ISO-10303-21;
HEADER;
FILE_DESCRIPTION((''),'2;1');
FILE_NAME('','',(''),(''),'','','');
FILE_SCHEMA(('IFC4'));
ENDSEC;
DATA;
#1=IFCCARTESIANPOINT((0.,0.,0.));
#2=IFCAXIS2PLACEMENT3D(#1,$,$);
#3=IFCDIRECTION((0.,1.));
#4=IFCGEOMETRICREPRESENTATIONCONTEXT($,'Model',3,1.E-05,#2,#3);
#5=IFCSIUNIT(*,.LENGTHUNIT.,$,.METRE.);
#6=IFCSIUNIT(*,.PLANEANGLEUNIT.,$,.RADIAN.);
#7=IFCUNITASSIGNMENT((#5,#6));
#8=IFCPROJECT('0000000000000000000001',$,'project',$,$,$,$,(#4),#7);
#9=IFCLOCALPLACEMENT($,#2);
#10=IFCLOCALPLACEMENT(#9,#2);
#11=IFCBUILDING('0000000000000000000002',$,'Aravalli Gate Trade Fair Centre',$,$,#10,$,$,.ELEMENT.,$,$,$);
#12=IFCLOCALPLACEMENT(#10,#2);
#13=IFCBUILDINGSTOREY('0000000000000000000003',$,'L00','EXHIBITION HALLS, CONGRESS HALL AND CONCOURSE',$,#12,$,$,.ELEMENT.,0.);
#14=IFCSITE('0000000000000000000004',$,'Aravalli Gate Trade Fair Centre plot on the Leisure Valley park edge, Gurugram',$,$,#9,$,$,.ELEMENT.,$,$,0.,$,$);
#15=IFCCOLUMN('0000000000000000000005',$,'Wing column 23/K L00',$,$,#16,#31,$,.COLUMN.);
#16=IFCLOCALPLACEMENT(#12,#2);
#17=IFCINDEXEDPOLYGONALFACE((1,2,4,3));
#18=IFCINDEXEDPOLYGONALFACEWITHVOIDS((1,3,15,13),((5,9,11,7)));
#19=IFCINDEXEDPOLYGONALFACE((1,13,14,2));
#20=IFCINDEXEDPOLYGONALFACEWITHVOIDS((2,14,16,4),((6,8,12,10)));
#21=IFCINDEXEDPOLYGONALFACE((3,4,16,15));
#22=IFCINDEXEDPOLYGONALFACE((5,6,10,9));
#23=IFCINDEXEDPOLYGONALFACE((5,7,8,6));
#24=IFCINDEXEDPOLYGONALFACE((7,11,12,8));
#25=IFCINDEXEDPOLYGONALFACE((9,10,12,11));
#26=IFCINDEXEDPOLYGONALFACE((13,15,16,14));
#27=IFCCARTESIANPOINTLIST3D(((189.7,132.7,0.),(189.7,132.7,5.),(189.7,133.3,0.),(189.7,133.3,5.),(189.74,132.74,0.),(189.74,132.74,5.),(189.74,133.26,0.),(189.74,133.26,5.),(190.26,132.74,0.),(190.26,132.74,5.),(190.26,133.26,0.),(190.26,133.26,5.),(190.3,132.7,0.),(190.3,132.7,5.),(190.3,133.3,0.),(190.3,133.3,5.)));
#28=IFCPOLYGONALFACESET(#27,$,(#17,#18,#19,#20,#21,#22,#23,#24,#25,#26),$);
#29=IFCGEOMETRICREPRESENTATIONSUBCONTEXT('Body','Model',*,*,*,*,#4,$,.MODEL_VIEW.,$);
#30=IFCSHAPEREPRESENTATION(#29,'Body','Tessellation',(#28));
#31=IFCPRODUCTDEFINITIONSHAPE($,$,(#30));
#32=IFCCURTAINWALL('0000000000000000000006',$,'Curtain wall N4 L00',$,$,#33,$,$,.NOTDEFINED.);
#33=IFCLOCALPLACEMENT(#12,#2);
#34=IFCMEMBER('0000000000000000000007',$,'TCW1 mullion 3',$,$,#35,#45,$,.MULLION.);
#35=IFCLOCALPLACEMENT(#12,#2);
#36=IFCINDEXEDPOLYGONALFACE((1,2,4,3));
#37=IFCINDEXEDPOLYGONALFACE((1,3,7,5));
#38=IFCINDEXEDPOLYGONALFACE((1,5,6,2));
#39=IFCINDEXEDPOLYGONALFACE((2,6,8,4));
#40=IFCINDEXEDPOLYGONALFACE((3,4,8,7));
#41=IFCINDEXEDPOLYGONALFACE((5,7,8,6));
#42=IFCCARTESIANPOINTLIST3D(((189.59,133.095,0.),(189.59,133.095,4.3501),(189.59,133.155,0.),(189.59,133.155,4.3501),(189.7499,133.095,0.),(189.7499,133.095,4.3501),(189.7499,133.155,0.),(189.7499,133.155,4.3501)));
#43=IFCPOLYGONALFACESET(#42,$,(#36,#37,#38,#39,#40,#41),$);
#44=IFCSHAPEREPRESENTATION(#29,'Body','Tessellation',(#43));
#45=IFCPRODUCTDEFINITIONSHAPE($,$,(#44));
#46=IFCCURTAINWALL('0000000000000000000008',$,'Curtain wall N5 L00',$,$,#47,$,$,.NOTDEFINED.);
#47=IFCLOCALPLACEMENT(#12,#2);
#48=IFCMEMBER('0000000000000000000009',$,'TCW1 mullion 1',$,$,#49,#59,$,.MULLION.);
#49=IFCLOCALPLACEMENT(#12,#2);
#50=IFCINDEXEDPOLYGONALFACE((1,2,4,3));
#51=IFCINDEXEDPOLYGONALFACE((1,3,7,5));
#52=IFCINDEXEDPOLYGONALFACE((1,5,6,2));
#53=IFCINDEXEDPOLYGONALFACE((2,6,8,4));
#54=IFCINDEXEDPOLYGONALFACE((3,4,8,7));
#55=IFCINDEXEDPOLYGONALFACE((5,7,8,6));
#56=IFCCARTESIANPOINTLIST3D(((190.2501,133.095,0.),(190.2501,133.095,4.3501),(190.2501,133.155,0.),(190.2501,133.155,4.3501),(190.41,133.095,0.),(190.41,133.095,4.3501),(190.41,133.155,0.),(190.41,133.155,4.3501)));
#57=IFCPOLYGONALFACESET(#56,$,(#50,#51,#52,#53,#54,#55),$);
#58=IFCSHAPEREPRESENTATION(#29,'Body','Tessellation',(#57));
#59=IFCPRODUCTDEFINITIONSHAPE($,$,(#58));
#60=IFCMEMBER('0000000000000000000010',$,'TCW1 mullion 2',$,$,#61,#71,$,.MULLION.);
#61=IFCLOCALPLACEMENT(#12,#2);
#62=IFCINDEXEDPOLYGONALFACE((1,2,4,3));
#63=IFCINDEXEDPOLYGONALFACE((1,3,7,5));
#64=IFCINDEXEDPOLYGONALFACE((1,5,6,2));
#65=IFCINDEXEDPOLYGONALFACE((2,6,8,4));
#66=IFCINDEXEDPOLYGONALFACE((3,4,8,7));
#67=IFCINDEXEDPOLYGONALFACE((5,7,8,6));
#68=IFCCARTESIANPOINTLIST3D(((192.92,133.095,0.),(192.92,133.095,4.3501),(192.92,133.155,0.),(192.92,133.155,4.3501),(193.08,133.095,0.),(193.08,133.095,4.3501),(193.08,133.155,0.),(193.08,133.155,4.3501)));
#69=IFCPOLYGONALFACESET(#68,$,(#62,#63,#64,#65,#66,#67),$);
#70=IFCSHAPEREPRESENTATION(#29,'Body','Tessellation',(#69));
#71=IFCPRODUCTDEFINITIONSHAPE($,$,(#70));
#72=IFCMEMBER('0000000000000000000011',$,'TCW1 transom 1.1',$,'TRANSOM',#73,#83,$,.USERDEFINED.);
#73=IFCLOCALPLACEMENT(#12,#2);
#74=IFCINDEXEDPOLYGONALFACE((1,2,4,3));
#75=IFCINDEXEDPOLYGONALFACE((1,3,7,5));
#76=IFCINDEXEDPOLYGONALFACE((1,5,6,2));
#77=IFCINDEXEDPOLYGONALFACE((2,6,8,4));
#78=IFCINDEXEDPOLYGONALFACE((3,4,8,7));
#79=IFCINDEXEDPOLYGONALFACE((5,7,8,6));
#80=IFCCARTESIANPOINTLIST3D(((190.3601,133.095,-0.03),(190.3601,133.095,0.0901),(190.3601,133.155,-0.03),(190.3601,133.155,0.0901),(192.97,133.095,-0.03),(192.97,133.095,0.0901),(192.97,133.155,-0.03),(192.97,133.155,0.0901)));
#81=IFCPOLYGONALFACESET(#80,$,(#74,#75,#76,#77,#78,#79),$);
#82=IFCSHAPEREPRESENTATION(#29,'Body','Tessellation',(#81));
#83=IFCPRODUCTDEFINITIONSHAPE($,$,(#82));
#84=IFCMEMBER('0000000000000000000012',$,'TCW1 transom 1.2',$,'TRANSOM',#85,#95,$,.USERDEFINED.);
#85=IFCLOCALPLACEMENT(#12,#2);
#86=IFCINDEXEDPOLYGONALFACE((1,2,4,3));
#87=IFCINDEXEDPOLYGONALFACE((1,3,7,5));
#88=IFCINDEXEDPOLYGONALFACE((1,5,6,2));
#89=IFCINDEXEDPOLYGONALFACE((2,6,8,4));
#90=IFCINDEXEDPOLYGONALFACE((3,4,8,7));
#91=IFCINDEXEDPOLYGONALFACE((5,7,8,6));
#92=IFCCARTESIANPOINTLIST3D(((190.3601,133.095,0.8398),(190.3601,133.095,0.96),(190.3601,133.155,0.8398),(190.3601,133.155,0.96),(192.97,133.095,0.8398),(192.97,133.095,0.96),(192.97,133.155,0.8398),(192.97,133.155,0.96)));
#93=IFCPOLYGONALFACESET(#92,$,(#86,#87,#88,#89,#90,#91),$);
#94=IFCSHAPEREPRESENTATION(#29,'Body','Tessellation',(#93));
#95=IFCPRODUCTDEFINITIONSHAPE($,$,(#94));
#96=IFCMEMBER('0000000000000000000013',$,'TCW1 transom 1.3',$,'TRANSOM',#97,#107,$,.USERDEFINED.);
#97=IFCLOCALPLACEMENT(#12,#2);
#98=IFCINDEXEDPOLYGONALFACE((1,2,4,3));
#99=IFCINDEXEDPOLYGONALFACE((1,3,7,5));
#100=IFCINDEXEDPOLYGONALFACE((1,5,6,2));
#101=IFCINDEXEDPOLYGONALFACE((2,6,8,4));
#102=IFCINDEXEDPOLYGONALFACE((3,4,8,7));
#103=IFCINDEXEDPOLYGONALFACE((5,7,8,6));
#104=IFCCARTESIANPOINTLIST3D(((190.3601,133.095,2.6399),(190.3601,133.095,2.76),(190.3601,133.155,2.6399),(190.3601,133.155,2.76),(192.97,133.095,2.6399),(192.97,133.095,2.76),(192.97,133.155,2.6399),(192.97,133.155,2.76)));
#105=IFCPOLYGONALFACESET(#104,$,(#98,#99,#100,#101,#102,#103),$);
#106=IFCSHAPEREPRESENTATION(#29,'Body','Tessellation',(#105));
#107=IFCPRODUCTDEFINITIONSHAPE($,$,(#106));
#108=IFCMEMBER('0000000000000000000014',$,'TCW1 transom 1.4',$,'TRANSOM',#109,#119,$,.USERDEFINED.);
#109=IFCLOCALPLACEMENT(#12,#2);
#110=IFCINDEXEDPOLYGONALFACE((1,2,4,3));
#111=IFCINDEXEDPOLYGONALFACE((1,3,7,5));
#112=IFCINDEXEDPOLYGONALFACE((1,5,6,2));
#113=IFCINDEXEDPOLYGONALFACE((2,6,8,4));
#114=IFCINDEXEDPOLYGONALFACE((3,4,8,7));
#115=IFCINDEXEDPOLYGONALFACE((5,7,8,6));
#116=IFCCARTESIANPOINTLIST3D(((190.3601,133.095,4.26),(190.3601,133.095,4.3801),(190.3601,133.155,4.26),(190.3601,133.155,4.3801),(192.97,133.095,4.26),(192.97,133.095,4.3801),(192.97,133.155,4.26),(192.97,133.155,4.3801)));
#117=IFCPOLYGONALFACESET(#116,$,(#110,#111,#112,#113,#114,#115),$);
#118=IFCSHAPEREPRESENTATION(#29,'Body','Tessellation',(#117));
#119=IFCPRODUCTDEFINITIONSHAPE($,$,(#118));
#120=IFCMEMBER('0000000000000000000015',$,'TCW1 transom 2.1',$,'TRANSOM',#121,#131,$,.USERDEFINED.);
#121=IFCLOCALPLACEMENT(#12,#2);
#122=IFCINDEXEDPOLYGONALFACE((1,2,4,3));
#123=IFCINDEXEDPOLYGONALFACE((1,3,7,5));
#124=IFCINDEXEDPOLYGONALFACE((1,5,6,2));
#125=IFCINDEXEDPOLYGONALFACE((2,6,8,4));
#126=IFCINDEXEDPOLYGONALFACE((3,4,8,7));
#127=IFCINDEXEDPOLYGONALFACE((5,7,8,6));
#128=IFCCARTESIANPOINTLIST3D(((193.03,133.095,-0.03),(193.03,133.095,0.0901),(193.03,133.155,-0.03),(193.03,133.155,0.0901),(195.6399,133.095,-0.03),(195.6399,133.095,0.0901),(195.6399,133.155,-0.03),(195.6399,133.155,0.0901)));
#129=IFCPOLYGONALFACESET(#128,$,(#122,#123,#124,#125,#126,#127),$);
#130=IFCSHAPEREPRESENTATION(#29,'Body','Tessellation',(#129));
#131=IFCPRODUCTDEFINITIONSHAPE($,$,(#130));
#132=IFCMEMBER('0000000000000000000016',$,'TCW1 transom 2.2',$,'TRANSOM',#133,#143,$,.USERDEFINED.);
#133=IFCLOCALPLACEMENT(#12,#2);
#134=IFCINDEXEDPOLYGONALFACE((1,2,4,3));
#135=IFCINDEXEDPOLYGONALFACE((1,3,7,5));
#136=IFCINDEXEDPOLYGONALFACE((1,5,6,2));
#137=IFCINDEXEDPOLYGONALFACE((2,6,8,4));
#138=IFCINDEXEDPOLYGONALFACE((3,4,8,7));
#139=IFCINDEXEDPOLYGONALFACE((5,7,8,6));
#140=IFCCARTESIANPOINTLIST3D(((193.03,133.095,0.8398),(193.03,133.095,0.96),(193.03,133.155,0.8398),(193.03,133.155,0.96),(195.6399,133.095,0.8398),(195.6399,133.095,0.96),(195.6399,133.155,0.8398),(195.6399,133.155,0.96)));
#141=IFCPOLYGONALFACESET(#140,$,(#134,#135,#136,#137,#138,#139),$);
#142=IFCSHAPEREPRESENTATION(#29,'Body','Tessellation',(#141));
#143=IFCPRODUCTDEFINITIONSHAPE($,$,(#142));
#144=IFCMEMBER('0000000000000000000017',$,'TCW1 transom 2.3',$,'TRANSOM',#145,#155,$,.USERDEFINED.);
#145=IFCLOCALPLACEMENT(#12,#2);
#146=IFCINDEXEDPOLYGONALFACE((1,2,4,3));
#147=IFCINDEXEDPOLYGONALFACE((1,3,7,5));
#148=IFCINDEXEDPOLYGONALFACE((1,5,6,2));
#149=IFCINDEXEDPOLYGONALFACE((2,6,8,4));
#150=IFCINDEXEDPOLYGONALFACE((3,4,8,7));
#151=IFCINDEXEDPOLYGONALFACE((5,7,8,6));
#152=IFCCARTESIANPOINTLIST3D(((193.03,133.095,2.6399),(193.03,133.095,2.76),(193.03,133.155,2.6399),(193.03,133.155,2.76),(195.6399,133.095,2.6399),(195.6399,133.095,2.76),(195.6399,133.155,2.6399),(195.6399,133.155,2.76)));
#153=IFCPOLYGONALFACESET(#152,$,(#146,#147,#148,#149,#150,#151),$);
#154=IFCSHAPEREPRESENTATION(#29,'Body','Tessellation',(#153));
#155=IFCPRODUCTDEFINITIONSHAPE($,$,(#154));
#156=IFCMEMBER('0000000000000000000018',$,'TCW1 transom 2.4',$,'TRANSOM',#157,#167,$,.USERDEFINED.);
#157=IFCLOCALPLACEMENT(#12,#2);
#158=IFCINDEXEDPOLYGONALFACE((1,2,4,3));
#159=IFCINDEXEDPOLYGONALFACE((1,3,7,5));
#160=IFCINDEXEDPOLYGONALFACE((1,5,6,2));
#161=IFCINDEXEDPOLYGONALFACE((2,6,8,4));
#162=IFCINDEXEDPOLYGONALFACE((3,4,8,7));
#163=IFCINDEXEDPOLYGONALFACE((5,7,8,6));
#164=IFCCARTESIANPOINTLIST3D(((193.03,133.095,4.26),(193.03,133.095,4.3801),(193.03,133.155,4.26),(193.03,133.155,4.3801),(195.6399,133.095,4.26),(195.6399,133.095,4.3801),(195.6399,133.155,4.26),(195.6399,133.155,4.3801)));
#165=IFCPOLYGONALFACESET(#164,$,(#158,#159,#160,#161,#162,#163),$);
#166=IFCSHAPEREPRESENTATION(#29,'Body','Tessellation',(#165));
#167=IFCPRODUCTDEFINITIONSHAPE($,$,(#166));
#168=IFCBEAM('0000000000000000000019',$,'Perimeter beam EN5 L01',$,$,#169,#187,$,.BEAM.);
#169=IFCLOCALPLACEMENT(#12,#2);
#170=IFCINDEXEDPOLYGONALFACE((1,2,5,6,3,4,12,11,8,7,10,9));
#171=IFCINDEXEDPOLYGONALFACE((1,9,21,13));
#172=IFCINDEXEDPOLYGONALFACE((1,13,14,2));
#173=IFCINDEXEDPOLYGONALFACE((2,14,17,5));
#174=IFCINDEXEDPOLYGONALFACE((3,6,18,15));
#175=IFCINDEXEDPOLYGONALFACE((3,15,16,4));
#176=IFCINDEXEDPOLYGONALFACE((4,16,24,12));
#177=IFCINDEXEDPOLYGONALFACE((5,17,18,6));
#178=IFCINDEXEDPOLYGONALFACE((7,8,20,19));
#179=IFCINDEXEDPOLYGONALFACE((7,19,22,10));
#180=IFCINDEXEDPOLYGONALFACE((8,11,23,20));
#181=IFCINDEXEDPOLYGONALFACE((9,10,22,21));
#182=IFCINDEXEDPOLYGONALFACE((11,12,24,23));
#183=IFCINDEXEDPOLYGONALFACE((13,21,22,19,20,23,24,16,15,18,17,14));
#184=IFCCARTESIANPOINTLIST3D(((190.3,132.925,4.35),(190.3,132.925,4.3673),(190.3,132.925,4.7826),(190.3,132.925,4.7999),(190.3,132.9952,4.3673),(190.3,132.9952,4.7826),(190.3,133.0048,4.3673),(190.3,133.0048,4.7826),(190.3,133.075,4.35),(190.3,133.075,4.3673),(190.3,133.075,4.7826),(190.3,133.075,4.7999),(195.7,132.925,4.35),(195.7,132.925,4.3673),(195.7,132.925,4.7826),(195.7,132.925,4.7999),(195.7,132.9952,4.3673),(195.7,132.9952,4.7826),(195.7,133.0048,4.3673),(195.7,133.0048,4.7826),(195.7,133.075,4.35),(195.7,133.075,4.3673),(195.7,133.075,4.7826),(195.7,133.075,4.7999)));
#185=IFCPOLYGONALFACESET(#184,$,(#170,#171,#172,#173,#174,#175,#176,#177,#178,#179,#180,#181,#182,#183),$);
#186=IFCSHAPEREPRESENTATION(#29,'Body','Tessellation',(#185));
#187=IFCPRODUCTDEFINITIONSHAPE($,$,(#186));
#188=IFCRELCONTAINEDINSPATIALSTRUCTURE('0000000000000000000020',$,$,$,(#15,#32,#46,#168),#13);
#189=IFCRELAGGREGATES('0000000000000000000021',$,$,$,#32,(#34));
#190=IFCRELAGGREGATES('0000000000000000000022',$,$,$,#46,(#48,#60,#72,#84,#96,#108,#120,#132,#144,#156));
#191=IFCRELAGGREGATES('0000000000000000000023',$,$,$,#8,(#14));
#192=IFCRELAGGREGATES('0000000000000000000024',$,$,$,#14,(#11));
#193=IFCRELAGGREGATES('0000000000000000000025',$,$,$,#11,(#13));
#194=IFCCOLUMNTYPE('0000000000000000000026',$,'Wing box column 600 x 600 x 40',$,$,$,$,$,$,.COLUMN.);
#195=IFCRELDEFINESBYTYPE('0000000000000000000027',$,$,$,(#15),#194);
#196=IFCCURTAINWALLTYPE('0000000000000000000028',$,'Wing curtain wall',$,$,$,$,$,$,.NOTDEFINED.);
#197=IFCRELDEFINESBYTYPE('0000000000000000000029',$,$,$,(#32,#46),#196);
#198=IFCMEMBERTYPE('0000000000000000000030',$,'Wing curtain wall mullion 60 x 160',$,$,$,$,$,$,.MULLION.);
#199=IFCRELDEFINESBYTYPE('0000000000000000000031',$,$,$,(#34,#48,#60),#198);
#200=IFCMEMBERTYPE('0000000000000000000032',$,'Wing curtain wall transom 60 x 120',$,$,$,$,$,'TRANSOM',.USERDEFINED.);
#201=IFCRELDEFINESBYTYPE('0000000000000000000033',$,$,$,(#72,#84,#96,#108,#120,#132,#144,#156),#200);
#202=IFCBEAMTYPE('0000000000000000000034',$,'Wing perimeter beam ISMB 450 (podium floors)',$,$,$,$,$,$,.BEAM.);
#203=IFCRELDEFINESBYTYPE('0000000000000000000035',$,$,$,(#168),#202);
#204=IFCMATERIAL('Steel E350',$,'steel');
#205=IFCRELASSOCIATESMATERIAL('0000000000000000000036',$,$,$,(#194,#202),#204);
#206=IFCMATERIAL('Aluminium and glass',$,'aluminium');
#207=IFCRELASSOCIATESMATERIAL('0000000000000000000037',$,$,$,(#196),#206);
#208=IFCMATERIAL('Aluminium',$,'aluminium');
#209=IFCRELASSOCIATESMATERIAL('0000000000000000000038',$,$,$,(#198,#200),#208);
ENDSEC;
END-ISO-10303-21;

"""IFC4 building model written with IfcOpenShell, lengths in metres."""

from ifc_helpers import new_model, si_unit, direction, frame, origin, origin_2d, place, context, subcontext, project, spatial, rectangle, hollow_rectangle, i_section, extrude, material, material_profile, profile_set, type_object, element, aggregate, save


model = new_model("IFC4")

# Units and contexts
model_context = context("Model", 3, precision=1e-05, world=origin(), true_north=direction((0.0, 1.0)))
body_context = subcontext(model_context, "Body", "Model", "MODEL_VIEW")
ifc_project = project(units=[si_unit("LENGTHUNIT", "METRE"), si_unit("PLANEANGLEUNIT", "RADIAN")], contexts=[model_context])

# Site, building, storey
site_placement = place(None, origin())
site = spatial("IfcSite", under=ifc_project, at=site_placement, Name="Aravalli Gate Trade Fair Centre plot on the Leisure Valley park edge, Gurugram", CompositionType="ELEMENT", RefElevation=0.0)
building_placement = place(site_placement, origin())
building = spatial("IfcBuilding", under=site, at=building_placement, Name="Aravalli Gate Trade Fair Centre", CompositionType="ELEMENT")
storey_placement = place(building_placement, origin())
storey = spatial("IfcBuildingStorey", under=building, at=storey_placement, Name="L00", Description="EXHIBITION HALLS, CONGRESS HALL AND CONCOURSE", CompositionType="ELEMENT", Elevation=0.0)

# Column
ifc_material_1 = material(Name="Steel E350", Category="steel")
ifc_material_profile_1 = material_profile(ifc_material_1, hollow_rectangle(XDim=0.6001, YDim=0.6001, WallThickness=0.04, at=origin_2d()), Name="BOX 600x600x40")
ifc_profile_set_1 = profile_set([ifc_material_profile_1], Name="Steel E350")
column_type = type_object("IfcColumnType", Name="Wing box column 600 x 600 x 40", PredefinedType="COLUMN", material=ifc_profile_set_1)
column_placement = place(storey_placement, frame((190.0, 133.0, 0.0), z_axis=(0.0, 0.0, 1.0), x_axis=(1.0, 0.0, 0.0)))
element("IfcColumn", 1, at=column_placement, inside=storey, type_object=column_type, Name="Wing column 23/K L00", PredefinedType="COLUMN", context=body_context, shape_type="SweptSolid", body=[
    extrude(hollow_rectangle(XDim=0.6001, YDim=0.6001, WallThickness=0.04, at=origin_2d()), origin(), (0.0, 0.0, 1.0), 5.0),
])

# Curtain wall, member
ifc_material_2 = material(Name="Aluminium and glass", Category="aluminium")
curtain_wall_type = type_object("IfcCurtainWallType", Name="Wing curtain wall", PredefinedType="NOTDEFINED", material=ifc_material_2)
curtain_wall_1_placement = place(storey_placement, origin())
curtain_wall_1 = element("IfcCurtainWall", 2, at=curtain_wall_1_placement, inside=storey, type_object=curtain_wall_type, Name="Curtain wall N4 L00", PredefinedType="NOTDEFINED")
ifc_material_3 = material(Name="Aluminium", Category="aluminium")
ifc_material_profile_2 = material_profile(ifc_material_3, rectangle(XDim=0.0601, YDim=0.1599, at=origin_2d()), Name="Wing curtain wall mullion 60 x 160")
ifc_profile_set_2 = profile_set([ifc_material_profile_2], Name="Aluminium")
member_type_1 = type_object("IfcMemberType", Name="Wing curtain wall mullion 60 x 160", PredefinedType="MULLION", material=ifc_profile_set_2)
member_1_placement = place(storey_placement, frame((189.6699, 133.125, 0.0), z_axis=(0.0, 0.0, 1.0), x_axis=(0.0, 1.0, 0.0)))
member_1 = element("IfcMember", 3, at=member_1_placement, type_object=member_type_1, Name="TCW1 mullion 3", PredefinedType="MULLION", context=body_context, shape_type="SweptSolid", body=[
    extrude(rectangle(XDim=0.0601, YDim=0.1599, at=origin_2d()), origin(), (0.0, 0.0, 1.0), 4.3501),
])

# Curtain wall, members
curtain_wall_2_placement = place(storey_placement, origin())
curtain_wall_2 = element("IfcCurtainWall", 4, at=curtain_wall_2_placement, inside=storey, type_object=curtain_wall_type, Name="Curtain wall N5 L00", PredefinedType="NOTDEFINED")
member_2_placement = place(storey_placement, frame((190.3301, 133.125, 0.0), z_axis=(0.0, 0.0, 1.0), x_axis=(0.0, 1.0, 0.0)))
member_2 = element("IfcMember", 5, at=member_2_placement, type_object=member_type_1, Name="TCW1 mullion 1", PredefinedType="MULLION", context=body_context, shape_type="SweptSolid", body=[
    extrude(rectangle(XDim=0.0601, YDim=0.1599, at=origin_2d()), origin(), (0.0, 0.0, 1.0), 4.3501),
])
member_3_placement = place(storey_placement, frame((193.0, 133.125, 0.0), z_axis=(0.0, 0.0, 1.0), x_axis=(0.0, 1.0, 0.0)))
member_3 = element("IfcMember", 6, at=member_3_placement, type_object=member_type_1, Name="TCW1 mullion 2", PredefinedType="MULLION", context=body_context, shape_type="SweptSolid", body=[
    extrude(rectangle(XDim=0.0601, YDim=0.1599, at=origin_2d()), origin(), (0.0, 0.0, 1.0), 4.3501),
])
ifc_material_profile_3 = material_profile(ifc_material_3, rectangle(XDim=0.0601, YDim=0.1201, at=origin_2d()), Name="Wing curtain wall transom 60 x 120")
ifc_profile_set_3 = profile_set([ifc_material_profile_3], Name="Aluminium")
member_type_2 = type_object("IfcMemberType", Name="Wing curtain wall transom 60 x 120", ElementType="TRANSOM", PredefinedType="USERDEFINED", material=ifc_profile_set_3)
member_4_placement = place(storey_placement, frame((190.3601, 133.125, 0.03), z_axis=(1.0, 0.0, 0.0), x_axis=(0.0, 1.0, 0.0)))
member_4 = element("IfcMember", 7, at=member_4_placement, type_object=member_type_2, Name="TCW1 transom 1.1", ObjectType="TRANSOM", PredefinedType="USERDEFINED", context=body_context, shape_type="SweptSolid", body=[
    extrude(rectangle(XDim=0.0601, YDim=0.1201, at=origin_2d()), origin(), (0.0, 0.0, 1.0), 2.6099),
])
member_5_placement = place(storey_placement, frame((190.3601, 133.125, 0.8999), z_axis=(1.0, 0.0, 0.0), x_axis=(0.0, 1.0, 0.0)))
member_5 = element("IfcMember", 8, at=member_5_placement, type_object=member_type_2, Name="TCW1 transom 1.2", ObjectType="TRANSOM", PredefinedType="USERDEFINED", context=body_context, shape_type="SweptSolid", body=[
    extrude(rectangle(XDim=0.0601, YDim=0.1201, at=origin_2d()), origin(), (0.0, 0.0, 1.0), 2.6099),
])
member_6_placement = place(storey_placement, frame((190.3601, 133.125, 2.7), z_axis=(1.0, 0.0, 0.0), x_axis=(0.0, 1.0, 0.0)))
member_6 = element("IfcMember", 9, at=member_6_placement, type_object=member_type_2, Name="TCW1 transom 1.3", ObjectType="TRANSOM", PredefinedType="USERDEFINED", context=body_context, shape_type="SweptSolid", body=[
    extrude(rectangle(XDim=0.0601, YDim=0.1201, at=origin_2d()), origin(), (0.0, 0.0, 1.0), 2.6099),
])
member_7_placement = place(storey_placement, frame((190.3601, 133.125, 4.3201), z_axis=(1.0, 0.0, 0.0), x_axis=(0.0, 1.0, 0.0)))
member_7 = element("IfcMember", 10, at=member_7_placement, type_object=member_type_2, Name="TCW1 transom 1.4", ObjectType="TRANSOM", PredefinedType="USERDEFINED", context=body_context, shape_type="SweptSolid", body=[
    extrude(rectangle(XDim=0.0601, YDim=0.1201, at=origin_2d()), origin(), (0.0, 0.0, 1.0), 2.6099),
])
member_8_placement = place(storey_placement, frame((193.03, 133.125, 0.03), z_axis=(1.0, 0.0, 0.0), x_axis=(0.0, 1.0, 0.0)))
member_8 = element("IfcMember", 11, at=member_8_placement, type_object=member_type_2, Name="TCW1 transom 2.1", ObjectType="TRANSOM", PredefinedType="USERDEFINED", context=body_context, shape_type="SweptSolid", body=[
    extrude(rectangle(XDim=0.0601, YDim=0.1201, at=origin_2d()), origin(), (0.0, 0.0, 1.0), 2.6099),
])
member_9_placement = place(storey_placement, frame((193.03, 133.125, 0.8999), z_axis=(1.0, 0.0, 0.0), x_axis=(0.0, 1.0, 0.0)))
member_9 = element("IfcMember", 12, at=member_9_placement, type_object=member_type_2, Name="TCW1 transom 2.2", ObjectType="TRANSOM", PredefinedType="USERDEFINED", context=body_context, shape_type="SweptSolid", body=[
    extrude(rectangle(XDim=0.0601, YDim=0.1201, at=origin_2d()), origin(), (0.0, 0.0, 1.0), 2.6099),
])
member_10_placement = place(storey_placement, frame((193.03, 133.125, 2.7), z_axis=(1.0, 0.0, 0.0), x_axis=(0.0, 1.0, 0.0)))
member_10 = element("IfcMember", 13, at=member_10_placement, type_object=member_type_2, Name="TCW1 transom 2.3", ObjectType="TRANSOM", PredefinedType="USERDEFINED", context=body_context, shape_type="SweptSolid", body=[
    extrude(rectangle(XDim=0.0601, YDim=0.1201, at=origin_2d()), origin(), (0.0, 0.0, 1.0), 2.6099),
])
member_11_placement = place(storey_placement, frame((193.03, 133.125, 4.3201), z_axis=(1.0, 0.0, 0.0), x_axis=(0.0, 1.0, 0.0)))
member_11 = element("IfcMember", 14, at=member_11_placement, type_object=member_type_2, Name="TCW1 transom 2.4", ObjectType="TRANSOM", PredefinedType="USERDEFINED", context=body_context, shape_type="SweptSolid", body=[
    extrude(rectangle(XDim=0.0601, YDim=0.1201, at=origin_2d()), origin(), (0.0, 0.0, 1.0), 2.6099),
])

# Beam
ifc_material_profile_4 = material_profile(ifc_material_1, i_section(OverallWidth=0.1499, OverallDepth=0.45, WebThickness=0.0095, FlangeThickness=0.0173, at=origin_2d()), Name="ISMB 450")
ifc_profile_set_4 = profile_set([ifc_material_profile_4], Name="Steel E350")
beam_type_1 = type_object("IfcBeamType", Name="Wing perimeter beam ISMB 450 (podium floors)", PredefinedType="BEAM", material=ifc_profile_set_4)
beam_1_placement = place(storey_placement, frame((190.3, 133.0, 4.575), z_axis=(1.0, 0.0, 0.0), x_axis=(0.0, 1.0, 0.0)))
element("IfcBeam", 15, at=beam_1_placement, inside=storey, type_object=beam_type_1, Name="Perimeter beam EN5 L01", PredefinedType="BEAM", context=body_context, shape_type="SweptSolid", body=[
    extrude(i_section(OverallWidth=0.1499, OverallDepth=0.45, WebThickness=0.0095, FlangeThickness=0.0173, at=origin_2d()), origin(), (0.0, 0.0, 1.0), 5.3999),
])

aggregate(curtain_wall_1, [member_1])
aggregate(curtain_wall_2, [member_2, member_3, member_4, member_5, member_6, member_7, member_8, member_9, member_10, member_11])

save(model, "model.ifc")
